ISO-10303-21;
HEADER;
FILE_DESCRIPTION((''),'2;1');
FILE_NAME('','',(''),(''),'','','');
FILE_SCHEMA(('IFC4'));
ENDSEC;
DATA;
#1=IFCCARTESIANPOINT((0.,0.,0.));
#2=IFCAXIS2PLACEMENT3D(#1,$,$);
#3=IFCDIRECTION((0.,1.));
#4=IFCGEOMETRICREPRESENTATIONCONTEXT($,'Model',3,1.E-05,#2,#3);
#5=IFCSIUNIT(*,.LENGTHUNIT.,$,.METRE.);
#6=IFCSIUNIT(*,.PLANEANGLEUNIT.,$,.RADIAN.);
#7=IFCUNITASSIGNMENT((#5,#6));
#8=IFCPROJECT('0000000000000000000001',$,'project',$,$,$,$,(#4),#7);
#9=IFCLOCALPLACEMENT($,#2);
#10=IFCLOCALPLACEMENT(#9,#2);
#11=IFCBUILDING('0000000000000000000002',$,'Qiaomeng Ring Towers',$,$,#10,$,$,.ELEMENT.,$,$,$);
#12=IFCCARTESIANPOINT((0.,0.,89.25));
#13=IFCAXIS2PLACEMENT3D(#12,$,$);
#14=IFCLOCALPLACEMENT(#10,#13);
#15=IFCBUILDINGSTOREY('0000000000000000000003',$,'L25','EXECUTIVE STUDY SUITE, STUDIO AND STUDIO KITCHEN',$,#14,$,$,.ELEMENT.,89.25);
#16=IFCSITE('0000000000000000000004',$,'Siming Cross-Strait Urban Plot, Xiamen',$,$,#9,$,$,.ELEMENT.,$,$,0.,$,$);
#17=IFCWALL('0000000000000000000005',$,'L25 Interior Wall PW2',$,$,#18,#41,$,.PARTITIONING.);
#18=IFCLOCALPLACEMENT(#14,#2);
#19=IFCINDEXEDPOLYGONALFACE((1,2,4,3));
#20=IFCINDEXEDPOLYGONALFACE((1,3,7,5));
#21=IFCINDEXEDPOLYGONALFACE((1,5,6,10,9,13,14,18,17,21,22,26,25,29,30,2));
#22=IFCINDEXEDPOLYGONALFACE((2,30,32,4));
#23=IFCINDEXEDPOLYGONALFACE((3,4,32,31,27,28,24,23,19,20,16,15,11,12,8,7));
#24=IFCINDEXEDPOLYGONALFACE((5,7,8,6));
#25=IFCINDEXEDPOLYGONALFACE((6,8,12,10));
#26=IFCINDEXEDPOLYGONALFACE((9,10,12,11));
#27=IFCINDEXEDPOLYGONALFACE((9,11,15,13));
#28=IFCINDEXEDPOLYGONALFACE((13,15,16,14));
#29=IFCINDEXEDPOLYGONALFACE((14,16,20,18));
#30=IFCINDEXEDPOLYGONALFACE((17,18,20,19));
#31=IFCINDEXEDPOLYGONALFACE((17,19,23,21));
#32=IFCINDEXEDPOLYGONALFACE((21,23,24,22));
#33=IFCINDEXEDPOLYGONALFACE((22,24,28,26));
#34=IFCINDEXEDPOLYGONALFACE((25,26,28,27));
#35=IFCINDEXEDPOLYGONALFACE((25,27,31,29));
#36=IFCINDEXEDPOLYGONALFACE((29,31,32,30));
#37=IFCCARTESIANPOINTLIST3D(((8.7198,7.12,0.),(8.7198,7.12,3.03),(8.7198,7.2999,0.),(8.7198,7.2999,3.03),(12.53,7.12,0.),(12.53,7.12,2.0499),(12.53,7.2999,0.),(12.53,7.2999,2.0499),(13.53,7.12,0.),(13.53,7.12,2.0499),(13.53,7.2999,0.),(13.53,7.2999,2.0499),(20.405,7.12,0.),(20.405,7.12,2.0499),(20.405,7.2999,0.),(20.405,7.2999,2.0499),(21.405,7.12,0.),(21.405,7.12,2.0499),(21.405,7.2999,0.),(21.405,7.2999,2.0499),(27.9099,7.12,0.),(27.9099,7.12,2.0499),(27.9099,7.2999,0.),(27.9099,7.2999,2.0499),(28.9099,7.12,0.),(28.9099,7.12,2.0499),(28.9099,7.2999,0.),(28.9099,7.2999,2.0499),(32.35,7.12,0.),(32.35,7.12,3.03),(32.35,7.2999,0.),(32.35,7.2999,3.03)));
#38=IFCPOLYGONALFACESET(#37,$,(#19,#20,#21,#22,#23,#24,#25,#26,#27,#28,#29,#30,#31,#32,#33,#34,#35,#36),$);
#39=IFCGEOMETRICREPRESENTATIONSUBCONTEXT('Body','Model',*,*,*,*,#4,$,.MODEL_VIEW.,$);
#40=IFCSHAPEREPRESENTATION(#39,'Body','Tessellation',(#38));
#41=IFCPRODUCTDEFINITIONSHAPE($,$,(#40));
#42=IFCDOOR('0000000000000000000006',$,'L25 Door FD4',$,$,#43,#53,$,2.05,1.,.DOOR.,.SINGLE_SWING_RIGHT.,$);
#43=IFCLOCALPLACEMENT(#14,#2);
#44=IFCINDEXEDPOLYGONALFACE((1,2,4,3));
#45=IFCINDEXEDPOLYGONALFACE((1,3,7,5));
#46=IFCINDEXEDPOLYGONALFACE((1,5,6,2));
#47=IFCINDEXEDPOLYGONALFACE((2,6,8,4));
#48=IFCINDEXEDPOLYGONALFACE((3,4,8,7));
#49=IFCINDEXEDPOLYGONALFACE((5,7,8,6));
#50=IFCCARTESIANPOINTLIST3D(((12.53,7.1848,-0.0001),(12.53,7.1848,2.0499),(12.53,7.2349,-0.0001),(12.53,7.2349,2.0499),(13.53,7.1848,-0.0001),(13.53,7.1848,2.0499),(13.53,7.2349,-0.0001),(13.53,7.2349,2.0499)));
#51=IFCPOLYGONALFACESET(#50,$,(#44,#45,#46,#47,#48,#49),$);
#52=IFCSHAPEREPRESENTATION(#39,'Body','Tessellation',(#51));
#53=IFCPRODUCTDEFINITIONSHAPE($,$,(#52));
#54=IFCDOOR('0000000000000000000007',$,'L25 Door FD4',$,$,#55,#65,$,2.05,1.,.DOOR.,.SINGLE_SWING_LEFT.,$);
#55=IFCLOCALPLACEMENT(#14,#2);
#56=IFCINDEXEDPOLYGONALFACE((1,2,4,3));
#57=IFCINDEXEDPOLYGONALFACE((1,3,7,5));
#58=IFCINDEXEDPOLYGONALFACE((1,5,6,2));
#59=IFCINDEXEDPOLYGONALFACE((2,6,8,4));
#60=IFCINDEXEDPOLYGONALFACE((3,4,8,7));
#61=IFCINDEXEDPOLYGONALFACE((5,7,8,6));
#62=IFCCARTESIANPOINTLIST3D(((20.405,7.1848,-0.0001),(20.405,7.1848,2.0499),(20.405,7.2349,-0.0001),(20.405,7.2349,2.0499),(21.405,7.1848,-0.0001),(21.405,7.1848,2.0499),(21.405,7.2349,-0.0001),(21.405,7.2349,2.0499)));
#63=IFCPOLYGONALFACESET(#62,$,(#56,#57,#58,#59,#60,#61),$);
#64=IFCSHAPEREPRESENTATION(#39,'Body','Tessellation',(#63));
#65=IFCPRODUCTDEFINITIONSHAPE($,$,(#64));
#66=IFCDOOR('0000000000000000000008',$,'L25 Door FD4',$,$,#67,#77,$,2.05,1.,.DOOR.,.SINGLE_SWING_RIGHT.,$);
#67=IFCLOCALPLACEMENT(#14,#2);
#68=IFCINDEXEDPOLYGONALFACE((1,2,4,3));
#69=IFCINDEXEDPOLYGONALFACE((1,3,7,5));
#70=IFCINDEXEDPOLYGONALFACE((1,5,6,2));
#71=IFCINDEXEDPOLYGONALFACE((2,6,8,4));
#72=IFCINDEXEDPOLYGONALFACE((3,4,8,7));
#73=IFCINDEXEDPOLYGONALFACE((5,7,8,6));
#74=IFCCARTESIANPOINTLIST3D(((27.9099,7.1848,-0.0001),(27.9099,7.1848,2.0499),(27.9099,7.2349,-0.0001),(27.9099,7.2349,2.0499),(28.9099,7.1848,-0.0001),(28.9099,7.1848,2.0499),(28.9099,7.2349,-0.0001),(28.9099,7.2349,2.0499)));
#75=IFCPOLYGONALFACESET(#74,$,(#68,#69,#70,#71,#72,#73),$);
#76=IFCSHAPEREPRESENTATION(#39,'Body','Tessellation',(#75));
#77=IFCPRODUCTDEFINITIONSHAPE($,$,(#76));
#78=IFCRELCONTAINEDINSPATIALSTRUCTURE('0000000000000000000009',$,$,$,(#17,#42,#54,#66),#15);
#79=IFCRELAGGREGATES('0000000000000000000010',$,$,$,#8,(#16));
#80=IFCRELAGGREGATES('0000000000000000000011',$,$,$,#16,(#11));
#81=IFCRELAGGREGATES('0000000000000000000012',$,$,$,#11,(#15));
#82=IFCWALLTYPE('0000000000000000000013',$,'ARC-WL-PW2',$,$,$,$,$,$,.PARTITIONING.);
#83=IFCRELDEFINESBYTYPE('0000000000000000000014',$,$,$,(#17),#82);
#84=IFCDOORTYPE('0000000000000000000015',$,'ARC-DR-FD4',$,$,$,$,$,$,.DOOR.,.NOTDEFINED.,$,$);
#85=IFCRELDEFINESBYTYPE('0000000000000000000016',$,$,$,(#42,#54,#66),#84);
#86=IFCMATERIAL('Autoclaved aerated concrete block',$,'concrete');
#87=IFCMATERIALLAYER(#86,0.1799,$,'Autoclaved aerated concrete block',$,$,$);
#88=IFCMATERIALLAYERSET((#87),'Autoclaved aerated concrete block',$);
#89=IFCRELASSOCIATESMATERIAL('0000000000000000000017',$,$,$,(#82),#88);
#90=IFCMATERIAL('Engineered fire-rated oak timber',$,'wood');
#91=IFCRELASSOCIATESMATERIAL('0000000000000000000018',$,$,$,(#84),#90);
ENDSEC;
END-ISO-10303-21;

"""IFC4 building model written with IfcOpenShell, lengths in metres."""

from ifc_helpers import new_model, si_unit, direction, frame, frame_2d, origin, place, context, subcontext, project, spatial, rectangle, extrude, source, transform, mapped, material, layer, layer_set, type_object, element, fill, save


model = new_model("IFC4")

# Units and contexts
model_context = context("Model", 3, precision=1e-05, world=origin(), true_north=direction((0.0, 1.0)))
body_context = subcontext(model_context, "Body", "Model", "MODEL_VIEW")
ifc_project = project(units=[si_unit("LENGTHUNIT", "METRE"), si_unit("PLANEANGLEUNIT", "RADIAN")], contexts=[model_context])

# Site, building, storey
site_placement = place(None, origin())
site = spatial("IfcSite", under=ifc_project, at=site_placement, Name="Siming Cross-Strait Urban Plot, Xiamen", CompositionType="ELEMENT", RefElevation=0.0)
building_placement = place(site_placement, origin())
building = spatial("IfcBuilding", under=site, at=building_placement, Name="Qiaomeng Ring Towers", CompositionType="ELEMENT")
storey_placement = place(building_placement, frame((0.0, 0.0, 89.25)))
storey = spatial("IfcBuildingStorey", under=building, at=storey_placement, Name="L25", Description="EXECUTIVE STUDY SUITE, STUDIO AND STUDIO KITCHEN", CompositionType="ELEMENT", Elevation=89.25)

# Wall, openings, doors
ifc_material_1 = material(Name="Autoclaved aerated concrete block", Category="concrete")
ifc_layer_1 = layer(ifc_material_1, 0.1799, Name="Autoclaved aerated concrete block")
ifc_layer_set_1 = layer_set([ifc_layer_1], Name="Autoclaved aerated concrete block")
wall_type_1 = type_object("IfcWallType", Name="ARC-WL-PW2", PredefinedType="PARTITIONING", material=ifc_layer_set_1)
wall_1_placement = place(storey_placement, frame((8.72, 7.21, 0.0), z_axis=(0.0, 0.0, 1.0), x_axis=(1.0, 0.0, 0.0)))
wall_1 = element("IfcWall", 1, at=wall_1_placement, inside=storey, type_object=wall_type_1, Name="L25 Interior Wall PW2", PredefinedType="PARTITIONING", context=body_context, shape_type="SweptSolid", body=[
    extrude(rectangle(XDim=23.6301, YDim=0.1799, at=frame_2d((11.8149, 0.0))), origin(), (0.0, 0.0, 1.0), 3.03),
])
opening_1_placement = place(wall_1_placement, frame((3.8101, 0.0, 0.0)))
opening_1 = element("IfcOpeningElement", 2, at=opening_1_placement, cuts=wall_1, PredefinedType="OPENING", context=body_context, shape_type="SweptSolid", body=[
    extrude(rectangle(XDim=1.0, YDim=2.05, at=frame_2d((0.5, 1.0249))), frame((0.0, 0.0999, 0.0), z_axis=(0.0, -1.0, 0.0), x_axis=(1.0, 0.0, 0.0)), (0.0, 0.0, 1.0), 0.2),
])
opening_2_placement = place(wall_1_placement, frame((11.6851, 0.0, 0.0)))
opening_2 = element("IfcOpeningElement", 3, at=opening_2_placement, cuts=wall_1, PredefinedType="OPENING", context=body_context, shape_type="SweptSolid", body=[
    extrude(rectangle(XDim=1.0, YDim=2.05, at=frame_2d((0.5, 1.0249))), frame((0.0, 0.0999, 0.0), z_axis=(0.0, -1.0, 0.0), x_axis=(1.0, 0.0, 0.0)), (0.0, 0.0, 1.0), 0.2),
])
opening_3_placement = place(wall_1_placement, frame((19.1899, 0.0, 0.0)))
opening_3 = element("IfcOpeningElement", 4, at=opening_3_placement, cuts=wall_1, PredefinedType="OPENING", context=body_context, shape_type="SweptSolid", body=[
    extrude(rectangle(XDim=1.0, YDim=2.05, at=frame_2d((0.5, 1.0249))), frame((0.0, 0.0999, 0.0), z_axis=(0.0, -1.0, 0.0), x_axis=(1.0, 0.0, 0.0)), (0.0, 0.0, 1.0), 0.2),
])
ifc_material_2 = material(Name="Engineered fire-rated oak timber", Category="wood")
door_type_1 = type_object("IfcDoorType", Name="ARC-DR-FD4", OperationType="NOTDEFINED", PredefinedType="DOOR", material=ifc_material_2)
shared_shape_1 = source(origin(), body_context, "Body", "SweptSolid", [
    extrude(rectangle(XDim=1.0, YDim=2.05, at=frame_2d((0.5, 1.0249))), frame((0.0, 0.0249, 0.0), z_axis=(0.0, -1.0, 0.0), x_axis=(1.0, 0.0, 0.0)), (0.0, 0.0, 1.0), 0.05),
])
door_1_placement = place(opening_1_placement, origin())
door_1 = element("IfcDoor", 5, at=door_1_placement, inside=storey, type_object=door_type_1, Name="L25 Door FD4", OperationType="SINGLE_SWING_RIGHT", OverallHeight=2.05, OverallWidth=1.0, PredefinedType="DOOR", context=body_context, shape_type="MappedRepresentation", body=[
    mapped(shared_shape_1, transform((0.0, 0.0, 0.0), x_axis=(1.0, 0.0, 0.0), y_axis=(0.0, 1.0, 0.0), z_axis=(0.0, 0.0, 1.0), scale=1.0)),
])
fill(opening_1, door_1)
door_2_placement = place(opening_2_placement, origin())
door_2 = element("IfcDoor", 6, at=door_2_placement, inside=storey, type_object=door_type_1, Name="L25 Door FD4", OperationType="SINGLE_SWING_LEFT", OverallHeight=2.05, OverallWidth=1.0, PredefinedType="DOOR", context=body_context, shape_type="MappedRepresentation", body=[
    mapped(shared_shape_1, transform((0.0, 0.0, 0.0), x_axis=(1.0, 0.0, 0.0), y_axis=(0.0, 1.0, 0.0), z_axis=(0.0, 0.0, 1.0), scale=1.0)),
])
fill(opening_2, door_2)
door_3_placement = place(opening_3_placement, origin())
door_3 = element("IfcDoor", 7, at=door_3_placement, inside=storey, type_object=door_type_1, Name="L25 Door FD4", OperationType="SINGLE_SWING_RIGHT", OverallHeight=2.05, OverallWidth=1.0, PredefinedType="DOOR", context=body_context, shape_type="MappedRepresentation", body=[
    mapped(shared_shape_1, transform((0.0, 0.0, 0.0), x_axis=(1.0, 0.0, 0.0), y_axis=(0.0, 1.0, 0.0), z_axis=(0.0, 0.0, 1.0), scale=1.0)),
])
fill(opening_3, door_3)

save(model, "model.ifc")
